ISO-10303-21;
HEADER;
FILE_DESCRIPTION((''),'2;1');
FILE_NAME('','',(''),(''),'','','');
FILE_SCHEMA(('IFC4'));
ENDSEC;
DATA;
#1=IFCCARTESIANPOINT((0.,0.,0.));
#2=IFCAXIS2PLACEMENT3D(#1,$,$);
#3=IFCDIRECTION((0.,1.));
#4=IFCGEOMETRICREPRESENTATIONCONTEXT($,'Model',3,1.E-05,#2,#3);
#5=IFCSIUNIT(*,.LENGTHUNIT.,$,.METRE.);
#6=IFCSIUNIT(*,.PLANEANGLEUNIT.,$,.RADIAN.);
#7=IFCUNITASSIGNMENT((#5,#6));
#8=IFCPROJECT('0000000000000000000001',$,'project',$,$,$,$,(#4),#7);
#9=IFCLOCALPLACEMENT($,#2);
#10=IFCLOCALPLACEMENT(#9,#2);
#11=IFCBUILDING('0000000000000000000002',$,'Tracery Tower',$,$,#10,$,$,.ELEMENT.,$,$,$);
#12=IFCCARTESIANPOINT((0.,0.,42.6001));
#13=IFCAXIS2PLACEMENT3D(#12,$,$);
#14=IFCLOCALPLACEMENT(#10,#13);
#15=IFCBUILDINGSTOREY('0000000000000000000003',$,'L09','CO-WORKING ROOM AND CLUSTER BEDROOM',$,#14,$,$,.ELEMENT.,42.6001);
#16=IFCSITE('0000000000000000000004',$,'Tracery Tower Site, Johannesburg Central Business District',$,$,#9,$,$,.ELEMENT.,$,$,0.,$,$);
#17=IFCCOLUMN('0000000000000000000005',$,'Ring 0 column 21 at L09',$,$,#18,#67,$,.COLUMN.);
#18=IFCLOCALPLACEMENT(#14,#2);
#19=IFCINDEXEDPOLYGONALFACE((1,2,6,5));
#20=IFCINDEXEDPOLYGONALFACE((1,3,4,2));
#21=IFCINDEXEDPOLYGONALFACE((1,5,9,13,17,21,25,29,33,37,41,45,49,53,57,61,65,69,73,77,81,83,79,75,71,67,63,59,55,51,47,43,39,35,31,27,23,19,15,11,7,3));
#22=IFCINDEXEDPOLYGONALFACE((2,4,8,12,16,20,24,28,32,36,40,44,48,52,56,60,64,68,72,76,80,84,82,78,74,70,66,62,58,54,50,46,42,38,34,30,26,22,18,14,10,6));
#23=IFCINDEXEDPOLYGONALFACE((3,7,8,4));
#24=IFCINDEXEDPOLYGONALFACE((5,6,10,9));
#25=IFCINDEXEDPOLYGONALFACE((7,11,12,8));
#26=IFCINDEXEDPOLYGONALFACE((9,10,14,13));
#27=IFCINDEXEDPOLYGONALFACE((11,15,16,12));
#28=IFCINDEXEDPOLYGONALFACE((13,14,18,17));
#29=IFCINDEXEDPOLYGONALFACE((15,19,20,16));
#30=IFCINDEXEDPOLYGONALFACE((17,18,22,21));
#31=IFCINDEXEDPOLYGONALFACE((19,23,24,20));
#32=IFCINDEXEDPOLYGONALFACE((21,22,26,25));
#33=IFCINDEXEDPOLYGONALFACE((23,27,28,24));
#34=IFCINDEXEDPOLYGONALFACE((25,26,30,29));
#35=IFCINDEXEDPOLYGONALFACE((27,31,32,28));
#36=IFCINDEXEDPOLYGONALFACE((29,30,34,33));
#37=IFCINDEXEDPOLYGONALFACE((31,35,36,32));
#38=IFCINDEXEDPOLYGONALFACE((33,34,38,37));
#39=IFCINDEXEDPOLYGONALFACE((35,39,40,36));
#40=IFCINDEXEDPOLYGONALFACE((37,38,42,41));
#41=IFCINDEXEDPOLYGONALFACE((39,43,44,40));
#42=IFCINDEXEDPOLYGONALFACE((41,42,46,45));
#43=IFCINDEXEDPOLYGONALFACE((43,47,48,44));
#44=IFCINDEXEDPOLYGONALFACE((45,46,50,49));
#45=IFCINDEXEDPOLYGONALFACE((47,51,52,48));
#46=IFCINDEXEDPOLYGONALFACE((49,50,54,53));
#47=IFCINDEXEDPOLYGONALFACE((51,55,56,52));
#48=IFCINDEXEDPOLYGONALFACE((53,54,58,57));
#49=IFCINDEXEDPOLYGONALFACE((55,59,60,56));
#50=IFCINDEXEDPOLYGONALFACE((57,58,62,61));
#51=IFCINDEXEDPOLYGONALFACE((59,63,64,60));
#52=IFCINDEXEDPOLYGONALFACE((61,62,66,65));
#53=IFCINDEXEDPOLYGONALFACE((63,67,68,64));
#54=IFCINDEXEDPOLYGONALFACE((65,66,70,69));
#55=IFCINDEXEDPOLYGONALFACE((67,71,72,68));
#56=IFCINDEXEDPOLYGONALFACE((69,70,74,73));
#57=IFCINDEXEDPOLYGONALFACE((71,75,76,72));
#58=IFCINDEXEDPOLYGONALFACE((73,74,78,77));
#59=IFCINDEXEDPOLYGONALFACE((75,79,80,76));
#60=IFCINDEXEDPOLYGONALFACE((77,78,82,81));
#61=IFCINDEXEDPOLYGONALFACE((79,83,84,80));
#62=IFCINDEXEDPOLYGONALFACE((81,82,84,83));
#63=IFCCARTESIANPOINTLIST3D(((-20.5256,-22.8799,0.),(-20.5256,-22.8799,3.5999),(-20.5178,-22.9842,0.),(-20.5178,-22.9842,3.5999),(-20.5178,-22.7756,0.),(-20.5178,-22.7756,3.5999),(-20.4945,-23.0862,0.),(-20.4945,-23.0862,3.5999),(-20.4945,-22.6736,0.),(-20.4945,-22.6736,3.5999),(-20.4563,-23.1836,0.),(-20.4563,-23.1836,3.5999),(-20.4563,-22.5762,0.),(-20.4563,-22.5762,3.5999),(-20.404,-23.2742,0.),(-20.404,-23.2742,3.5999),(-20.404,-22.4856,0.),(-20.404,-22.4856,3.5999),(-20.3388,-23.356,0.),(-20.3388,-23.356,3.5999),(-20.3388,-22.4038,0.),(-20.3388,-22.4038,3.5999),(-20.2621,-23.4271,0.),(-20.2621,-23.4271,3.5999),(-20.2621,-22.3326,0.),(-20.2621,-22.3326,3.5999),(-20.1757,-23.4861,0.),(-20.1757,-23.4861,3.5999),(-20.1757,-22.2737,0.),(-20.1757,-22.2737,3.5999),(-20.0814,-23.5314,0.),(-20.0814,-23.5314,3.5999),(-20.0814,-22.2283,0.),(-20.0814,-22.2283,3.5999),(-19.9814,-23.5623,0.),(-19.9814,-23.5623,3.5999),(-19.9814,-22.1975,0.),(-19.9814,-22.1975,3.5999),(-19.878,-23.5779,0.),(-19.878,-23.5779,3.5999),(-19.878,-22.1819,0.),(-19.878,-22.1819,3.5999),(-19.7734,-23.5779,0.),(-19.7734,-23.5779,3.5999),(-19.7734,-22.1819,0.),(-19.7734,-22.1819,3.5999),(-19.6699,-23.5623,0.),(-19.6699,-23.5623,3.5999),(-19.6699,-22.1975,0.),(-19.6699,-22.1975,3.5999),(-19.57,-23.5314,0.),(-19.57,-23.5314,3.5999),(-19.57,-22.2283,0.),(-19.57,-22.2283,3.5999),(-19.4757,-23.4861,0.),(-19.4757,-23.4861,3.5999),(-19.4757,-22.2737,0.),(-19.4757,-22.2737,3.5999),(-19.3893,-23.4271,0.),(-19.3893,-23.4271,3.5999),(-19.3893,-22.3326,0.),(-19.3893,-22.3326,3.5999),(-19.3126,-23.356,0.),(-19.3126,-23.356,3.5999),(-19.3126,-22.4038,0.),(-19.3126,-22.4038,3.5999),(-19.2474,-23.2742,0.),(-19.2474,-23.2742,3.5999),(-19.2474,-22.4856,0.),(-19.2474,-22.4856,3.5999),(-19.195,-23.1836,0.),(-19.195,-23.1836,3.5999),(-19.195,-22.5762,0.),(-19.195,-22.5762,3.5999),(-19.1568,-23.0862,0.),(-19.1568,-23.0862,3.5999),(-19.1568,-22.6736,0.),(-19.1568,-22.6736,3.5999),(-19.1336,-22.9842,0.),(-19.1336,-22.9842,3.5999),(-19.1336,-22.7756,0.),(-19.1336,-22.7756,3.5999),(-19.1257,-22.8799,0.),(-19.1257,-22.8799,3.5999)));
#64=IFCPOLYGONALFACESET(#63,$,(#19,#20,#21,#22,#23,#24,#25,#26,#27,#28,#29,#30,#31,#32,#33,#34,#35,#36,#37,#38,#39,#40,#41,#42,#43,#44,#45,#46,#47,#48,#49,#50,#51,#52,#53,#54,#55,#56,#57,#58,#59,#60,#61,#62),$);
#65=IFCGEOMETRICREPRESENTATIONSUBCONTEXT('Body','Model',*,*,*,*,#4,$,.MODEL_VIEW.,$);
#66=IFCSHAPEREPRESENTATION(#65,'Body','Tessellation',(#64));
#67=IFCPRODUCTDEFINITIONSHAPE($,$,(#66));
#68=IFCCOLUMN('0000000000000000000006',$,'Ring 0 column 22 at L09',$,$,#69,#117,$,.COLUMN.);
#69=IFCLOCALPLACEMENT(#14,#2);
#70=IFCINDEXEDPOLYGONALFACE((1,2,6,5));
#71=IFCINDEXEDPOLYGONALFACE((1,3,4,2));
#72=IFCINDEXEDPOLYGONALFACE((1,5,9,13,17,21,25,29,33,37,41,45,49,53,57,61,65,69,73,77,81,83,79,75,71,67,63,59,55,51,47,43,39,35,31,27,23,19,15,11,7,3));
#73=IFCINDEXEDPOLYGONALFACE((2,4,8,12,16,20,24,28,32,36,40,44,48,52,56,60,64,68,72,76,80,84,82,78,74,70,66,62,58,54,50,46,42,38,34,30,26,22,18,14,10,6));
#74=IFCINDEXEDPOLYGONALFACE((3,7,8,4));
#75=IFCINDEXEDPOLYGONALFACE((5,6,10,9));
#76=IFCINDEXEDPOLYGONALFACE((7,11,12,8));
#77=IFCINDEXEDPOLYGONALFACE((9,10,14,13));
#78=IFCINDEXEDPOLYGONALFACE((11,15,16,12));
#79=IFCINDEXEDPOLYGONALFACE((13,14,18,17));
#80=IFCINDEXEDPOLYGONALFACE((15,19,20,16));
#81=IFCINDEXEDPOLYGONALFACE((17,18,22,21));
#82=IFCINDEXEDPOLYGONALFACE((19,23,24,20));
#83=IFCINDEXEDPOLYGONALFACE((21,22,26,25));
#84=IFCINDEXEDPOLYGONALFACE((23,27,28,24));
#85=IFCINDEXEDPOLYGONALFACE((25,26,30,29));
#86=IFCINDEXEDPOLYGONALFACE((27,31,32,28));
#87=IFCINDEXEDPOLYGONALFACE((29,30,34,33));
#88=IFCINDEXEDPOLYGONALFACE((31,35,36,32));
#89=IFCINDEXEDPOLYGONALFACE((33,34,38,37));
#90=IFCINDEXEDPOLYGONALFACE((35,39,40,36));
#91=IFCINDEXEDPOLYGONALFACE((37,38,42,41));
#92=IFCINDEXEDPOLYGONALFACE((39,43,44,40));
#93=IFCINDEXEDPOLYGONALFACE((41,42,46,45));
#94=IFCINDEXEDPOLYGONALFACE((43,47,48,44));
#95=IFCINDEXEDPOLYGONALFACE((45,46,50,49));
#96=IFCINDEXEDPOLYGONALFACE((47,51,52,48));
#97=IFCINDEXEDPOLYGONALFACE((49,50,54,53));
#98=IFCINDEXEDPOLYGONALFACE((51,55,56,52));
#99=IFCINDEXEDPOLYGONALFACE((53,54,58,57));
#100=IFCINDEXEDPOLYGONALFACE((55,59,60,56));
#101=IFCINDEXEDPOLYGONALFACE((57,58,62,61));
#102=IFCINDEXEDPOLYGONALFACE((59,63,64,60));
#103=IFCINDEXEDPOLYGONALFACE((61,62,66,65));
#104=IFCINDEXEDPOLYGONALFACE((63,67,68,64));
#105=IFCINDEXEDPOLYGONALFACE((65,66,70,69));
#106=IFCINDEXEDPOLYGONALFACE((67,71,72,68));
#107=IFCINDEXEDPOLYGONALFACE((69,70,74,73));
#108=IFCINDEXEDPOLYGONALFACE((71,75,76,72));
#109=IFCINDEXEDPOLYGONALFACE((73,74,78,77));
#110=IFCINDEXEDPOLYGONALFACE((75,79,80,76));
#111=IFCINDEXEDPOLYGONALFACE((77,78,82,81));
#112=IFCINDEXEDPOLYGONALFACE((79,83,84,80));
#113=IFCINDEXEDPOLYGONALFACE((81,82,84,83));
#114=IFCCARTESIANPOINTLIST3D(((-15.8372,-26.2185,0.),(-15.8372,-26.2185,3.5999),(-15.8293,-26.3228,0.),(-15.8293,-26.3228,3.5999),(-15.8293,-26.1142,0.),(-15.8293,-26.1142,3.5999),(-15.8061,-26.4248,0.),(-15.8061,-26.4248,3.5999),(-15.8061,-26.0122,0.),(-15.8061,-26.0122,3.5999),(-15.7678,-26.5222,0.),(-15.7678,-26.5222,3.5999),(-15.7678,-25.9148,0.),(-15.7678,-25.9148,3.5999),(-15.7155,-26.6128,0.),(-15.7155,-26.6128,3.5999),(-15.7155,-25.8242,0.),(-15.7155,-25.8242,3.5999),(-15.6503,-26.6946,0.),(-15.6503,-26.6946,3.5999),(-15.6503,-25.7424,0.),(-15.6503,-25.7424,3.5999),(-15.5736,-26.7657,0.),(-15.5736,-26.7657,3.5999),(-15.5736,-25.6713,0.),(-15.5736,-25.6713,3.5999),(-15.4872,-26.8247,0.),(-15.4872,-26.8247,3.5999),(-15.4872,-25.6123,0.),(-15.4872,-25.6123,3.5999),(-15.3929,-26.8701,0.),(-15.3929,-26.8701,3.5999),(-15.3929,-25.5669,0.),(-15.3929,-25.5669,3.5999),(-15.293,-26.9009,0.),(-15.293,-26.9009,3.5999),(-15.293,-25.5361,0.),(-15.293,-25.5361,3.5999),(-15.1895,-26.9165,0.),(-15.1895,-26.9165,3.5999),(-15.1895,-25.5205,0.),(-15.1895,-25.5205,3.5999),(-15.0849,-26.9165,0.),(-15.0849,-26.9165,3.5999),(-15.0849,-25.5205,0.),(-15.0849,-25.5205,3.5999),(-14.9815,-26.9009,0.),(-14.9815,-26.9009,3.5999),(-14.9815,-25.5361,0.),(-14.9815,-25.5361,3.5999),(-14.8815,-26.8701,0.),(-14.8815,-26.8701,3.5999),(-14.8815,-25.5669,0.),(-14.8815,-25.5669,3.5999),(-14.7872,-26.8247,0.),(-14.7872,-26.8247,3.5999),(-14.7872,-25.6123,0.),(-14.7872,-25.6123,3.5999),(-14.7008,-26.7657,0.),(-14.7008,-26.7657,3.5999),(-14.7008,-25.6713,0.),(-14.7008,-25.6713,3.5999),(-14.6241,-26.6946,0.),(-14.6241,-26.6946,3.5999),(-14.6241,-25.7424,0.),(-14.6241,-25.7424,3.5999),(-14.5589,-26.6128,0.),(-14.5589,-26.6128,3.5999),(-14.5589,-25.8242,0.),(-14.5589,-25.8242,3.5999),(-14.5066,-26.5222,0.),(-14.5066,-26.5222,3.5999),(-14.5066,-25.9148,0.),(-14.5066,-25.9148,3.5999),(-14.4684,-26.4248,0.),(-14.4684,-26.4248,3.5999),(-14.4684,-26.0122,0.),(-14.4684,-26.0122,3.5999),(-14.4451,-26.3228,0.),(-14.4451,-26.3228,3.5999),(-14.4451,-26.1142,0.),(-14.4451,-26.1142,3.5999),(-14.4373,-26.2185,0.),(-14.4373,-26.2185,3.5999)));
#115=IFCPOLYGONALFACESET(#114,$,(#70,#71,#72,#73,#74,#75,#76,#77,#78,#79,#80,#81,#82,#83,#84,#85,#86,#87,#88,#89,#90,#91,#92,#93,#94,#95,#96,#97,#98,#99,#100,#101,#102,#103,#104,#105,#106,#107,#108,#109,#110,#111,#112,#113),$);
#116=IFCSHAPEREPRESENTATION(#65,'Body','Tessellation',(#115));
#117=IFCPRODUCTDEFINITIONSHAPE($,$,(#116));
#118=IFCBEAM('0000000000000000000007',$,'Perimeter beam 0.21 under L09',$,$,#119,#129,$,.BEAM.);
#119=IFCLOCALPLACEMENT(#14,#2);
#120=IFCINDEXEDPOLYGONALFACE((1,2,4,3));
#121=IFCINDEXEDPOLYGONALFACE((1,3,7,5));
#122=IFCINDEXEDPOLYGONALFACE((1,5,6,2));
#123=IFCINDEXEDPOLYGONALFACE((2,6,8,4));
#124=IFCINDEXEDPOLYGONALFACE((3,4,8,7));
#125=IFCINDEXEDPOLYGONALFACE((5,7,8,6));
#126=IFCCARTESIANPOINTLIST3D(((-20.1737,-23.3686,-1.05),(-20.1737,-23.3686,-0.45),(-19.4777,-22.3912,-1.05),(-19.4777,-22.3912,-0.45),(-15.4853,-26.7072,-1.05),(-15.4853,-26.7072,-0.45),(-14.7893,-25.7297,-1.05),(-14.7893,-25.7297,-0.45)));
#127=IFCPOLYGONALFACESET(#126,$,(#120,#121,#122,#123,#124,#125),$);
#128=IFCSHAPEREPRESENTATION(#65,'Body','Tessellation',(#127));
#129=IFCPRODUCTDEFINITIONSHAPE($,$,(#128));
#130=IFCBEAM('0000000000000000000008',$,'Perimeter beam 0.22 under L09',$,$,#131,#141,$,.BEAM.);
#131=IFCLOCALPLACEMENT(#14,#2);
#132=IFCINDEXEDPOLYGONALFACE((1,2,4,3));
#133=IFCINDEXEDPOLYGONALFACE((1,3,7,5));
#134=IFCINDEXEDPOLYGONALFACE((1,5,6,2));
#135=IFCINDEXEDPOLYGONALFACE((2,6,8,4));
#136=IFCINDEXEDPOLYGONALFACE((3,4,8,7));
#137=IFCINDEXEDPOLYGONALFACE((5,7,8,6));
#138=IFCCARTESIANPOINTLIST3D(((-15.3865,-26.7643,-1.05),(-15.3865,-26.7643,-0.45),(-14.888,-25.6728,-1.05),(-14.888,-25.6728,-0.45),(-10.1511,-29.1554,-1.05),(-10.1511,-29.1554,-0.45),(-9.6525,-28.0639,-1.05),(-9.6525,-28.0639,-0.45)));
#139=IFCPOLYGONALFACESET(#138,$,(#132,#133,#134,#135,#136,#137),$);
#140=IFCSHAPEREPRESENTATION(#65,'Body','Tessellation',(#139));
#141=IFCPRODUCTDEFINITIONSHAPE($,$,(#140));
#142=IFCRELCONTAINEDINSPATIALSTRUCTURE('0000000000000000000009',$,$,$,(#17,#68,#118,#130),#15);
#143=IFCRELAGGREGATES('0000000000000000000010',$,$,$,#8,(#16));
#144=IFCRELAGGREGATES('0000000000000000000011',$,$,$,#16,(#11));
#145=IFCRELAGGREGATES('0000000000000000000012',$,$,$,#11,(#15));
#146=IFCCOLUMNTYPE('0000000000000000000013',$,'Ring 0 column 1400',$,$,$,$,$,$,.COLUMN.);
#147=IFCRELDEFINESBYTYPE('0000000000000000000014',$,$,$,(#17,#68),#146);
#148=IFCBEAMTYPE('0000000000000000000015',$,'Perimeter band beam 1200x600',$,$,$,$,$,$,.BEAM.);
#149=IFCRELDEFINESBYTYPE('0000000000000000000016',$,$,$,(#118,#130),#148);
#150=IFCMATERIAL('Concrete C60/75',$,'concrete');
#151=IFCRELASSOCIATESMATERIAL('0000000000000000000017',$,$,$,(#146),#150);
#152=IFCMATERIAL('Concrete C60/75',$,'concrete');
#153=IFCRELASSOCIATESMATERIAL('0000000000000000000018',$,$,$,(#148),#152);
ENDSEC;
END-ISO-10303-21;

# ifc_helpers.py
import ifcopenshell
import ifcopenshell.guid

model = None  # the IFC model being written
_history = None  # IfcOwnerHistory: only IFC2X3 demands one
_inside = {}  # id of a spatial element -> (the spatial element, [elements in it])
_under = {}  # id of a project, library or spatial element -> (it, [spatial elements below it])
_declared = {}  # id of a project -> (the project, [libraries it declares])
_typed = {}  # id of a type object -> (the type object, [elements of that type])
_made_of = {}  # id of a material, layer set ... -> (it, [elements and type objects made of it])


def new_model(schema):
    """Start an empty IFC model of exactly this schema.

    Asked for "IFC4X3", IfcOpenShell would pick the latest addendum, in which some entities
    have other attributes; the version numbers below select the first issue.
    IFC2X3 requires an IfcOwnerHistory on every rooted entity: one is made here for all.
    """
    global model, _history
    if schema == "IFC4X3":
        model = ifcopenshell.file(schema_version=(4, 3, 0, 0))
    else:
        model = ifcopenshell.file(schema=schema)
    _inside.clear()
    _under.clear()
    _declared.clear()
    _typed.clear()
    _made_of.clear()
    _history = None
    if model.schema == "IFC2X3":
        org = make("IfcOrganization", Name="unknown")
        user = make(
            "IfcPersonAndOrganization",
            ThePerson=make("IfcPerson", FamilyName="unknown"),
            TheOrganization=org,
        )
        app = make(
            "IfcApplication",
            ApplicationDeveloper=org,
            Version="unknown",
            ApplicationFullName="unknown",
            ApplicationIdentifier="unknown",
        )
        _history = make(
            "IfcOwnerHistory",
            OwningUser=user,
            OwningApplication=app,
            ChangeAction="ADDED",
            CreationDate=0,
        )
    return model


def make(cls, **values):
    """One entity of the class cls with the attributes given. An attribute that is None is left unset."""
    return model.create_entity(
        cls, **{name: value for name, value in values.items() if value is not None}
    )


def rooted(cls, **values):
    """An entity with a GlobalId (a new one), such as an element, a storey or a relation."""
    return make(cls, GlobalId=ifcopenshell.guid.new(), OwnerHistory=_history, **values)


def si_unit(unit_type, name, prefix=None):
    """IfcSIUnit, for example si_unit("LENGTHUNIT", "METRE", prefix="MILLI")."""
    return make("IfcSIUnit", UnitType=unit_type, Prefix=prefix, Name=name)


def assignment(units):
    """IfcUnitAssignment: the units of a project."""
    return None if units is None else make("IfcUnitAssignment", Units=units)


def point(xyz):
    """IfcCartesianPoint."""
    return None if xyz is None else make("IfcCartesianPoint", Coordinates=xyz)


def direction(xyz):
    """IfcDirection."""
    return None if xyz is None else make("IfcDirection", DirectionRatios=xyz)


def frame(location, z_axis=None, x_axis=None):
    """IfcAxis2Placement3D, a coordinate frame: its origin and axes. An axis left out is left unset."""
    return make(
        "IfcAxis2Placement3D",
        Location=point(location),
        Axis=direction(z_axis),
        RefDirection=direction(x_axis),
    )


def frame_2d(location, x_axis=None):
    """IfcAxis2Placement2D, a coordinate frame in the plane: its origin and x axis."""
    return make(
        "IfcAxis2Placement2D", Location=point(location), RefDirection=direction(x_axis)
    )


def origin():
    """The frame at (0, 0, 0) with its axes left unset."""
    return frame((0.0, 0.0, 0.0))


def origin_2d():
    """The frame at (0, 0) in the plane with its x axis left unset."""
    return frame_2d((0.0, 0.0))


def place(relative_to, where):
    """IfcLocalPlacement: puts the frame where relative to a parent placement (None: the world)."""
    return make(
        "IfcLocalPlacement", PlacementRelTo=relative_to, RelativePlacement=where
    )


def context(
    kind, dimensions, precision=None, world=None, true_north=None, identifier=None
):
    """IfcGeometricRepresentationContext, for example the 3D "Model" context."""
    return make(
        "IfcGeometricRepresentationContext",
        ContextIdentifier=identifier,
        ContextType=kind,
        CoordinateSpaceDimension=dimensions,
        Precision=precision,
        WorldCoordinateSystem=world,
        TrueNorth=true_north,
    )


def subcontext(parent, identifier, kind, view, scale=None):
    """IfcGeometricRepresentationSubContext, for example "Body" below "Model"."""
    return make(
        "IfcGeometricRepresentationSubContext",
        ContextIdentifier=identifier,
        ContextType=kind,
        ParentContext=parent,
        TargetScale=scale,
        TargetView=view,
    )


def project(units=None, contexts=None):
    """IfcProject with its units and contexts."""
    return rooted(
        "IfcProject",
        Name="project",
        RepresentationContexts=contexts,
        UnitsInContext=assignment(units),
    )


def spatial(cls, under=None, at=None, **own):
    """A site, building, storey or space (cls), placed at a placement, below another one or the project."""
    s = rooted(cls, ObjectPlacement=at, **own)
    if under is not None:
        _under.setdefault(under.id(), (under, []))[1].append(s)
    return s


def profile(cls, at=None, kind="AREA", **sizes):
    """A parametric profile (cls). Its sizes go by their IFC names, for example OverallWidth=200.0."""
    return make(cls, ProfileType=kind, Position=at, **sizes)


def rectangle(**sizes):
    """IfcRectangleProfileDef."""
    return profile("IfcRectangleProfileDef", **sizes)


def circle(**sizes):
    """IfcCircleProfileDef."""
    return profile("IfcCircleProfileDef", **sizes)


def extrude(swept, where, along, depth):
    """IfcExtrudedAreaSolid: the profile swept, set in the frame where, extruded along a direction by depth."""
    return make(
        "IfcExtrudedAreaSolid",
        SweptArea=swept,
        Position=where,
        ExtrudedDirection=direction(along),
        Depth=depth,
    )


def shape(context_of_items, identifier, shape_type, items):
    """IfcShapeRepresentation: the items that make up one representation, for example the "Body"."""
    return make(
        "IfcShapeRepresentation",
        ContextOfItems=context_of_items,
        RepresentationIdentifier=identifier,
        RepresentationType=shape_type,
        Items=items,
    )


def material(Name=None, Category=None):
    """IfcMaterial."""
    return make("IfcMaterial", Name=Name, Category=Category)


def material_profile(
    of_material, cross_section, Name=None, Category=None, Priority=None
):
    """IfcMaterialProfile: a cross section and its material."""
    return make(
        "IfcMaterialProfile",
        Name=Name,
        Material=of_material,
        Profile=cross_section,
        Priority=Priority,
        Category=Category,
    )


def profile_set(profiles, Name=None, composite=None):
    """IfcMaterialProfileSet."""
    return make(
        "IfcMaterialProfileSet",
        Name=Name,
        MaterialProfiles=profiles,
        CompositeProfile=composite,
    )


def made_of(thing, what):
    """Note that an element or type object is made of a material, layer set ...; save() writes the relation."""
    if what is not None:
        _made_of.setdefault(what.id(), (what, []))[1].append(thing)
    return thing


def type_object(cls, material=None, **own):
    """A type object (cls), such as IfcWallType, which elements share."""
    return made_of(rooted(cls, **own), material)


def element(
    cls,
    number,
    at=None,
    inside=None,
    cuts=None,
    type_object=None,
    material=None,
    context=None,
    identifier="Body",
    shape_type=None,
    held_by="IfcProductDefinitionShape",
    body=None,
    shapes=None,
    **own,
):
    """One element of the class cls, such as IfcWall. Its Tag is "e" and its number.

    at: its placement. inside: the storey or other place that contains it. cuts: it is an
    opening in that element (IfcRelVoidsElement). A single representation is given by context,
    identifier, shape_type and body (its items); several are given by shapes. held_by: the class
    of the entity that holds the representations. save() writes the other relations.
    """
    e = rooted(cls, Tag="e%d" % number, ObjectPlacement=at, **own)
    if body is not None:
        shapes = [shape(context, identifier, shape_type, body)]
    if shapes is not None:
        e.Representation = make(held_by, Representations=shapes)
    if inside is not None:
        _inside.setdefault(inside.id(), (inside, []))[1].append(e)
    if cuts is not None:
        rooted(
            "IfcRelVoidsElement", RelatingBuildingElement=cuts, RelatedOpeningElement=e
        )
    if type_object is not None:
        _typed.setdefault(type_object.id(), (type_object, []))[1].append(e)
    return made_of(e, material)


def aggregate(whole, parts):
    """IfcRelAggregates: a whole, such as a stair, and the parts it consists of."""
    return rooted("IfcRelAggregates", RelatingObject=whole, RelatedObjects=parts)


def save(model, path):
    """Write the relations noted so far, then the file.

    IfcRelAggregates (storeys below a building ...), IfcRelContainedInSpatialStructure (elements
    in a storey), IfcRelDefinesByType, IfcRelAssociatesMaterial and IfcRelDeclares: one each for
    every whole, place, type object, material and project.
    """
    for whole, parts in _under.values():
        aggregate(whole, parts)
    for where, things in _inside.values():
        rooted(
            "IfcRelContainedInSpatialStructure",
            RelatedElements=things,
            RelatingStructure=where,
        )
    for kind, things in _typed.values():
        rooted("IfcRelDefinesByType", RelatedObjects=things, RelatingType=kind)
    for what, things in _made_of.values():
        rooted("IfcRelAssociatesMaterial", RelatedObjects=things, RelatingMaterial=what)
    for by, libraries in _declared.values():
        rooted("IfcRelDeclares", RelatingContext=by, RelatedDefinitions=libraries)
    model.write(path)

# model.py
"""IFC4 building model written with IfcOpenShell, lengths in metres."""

from ifc_helpers import new_model, si_unit, direction, frame, origin, origin_2d, place, context, subcontext, project, spatial, rectangle, circle, extrude, material, material_profile, profile_set, type_object, element, save


model = new_model("IFC4")

# Units and contexts
model_context = context("Model", 3, precision=1e-05, world=origin(), true_north=direction((0.0, 1.0)))
body_context = subcontext(model_context, "Body", "Model", "MODEL_VIEW")
ifc_project = project(units=[si_unit("LENGTHUNIT", "METRE"), si_unit("PLANEANGLEUNIT", "RADIAN")], contexts=[model_context])

# Site, building, storey
site_placement = place(None, origin())
site = spatial("IfcSite", under=ifc_project, at=site_placement, Name="Tracery Tower Site, Johannesburg Central Business District", CompositionType="ELEMENT", RefElevation=0.0)
building_placement = place(site_placement, origin())
building = spatial("IfcBuilding", under=site, at=building_placement, Name="Tracery Tower", CompositionType="ELEMENT")
storey_placement = place(building_placement, frame((0.0, 0.0, 42.6001)))
storey = spatial("IfcBuildingStorey", under=building, at=storey_placement, Name="L09", Description="CO-WORKING ROOM AND CLUSTER BEDROOM", CompositionType="ELEMENT", Elevation=42.6001)

# Columns
ifc_material_1 = material(Name="Concrete C60/75", Category="concrete")
ifc_material_profile_1 = material_profile(ifc_material_1, circle(Radius=0.7, at=origin_2d()), Name="RC D1400")
ifc_profile_set_1 = profile_set([ifc_material_profile_1], Name="Concrete C60/75")
column_type = type_object("IfcColumnType", Name="Ring 0 column 1400", PredefinedType="COLUMN", material=ifc_profile_set_1)
for number, where, z_axis, x_axis, name in (
    (1, (-19.8257, -22.8799, 0.0), (0.0, 0.0, 1.0), (1.0, 0.0, 0.0), "Ring 0 column 21 at L09"),
    (2, (-15.1372, -26.2185, 0.0), (0.0, 0.0, 1.0), (1.0, 0.0, 0.0), "Ring 0 column 22 at L09"),
):
    element("IfcColumn", number, at=place(storey_placement, frame(where, z_axis=z_axis, x_axis=x_axis)), inside=storey, type_object=column_type, Name=name, PredefinedType="COLUMN", context=body_context, shape_type="SweptSolid", body=[
        extrude(circle(Radius=0.7, at=origin_2d()), origin(), (0.0, 0.0, 1.0), 3.5999),
    ])

# Beams
ifc_material_2 = material(Name="Concrete C60/75", Category="concrete")
ifc_material_profile_2 = material_profile(ifc_material_2, rectangle(XDim=1.2, YDim=0.6001, at=origin_2d()), Name="RC 1200x600")
ifc_profile_set_2 = profile_set([ifc_material_profile_2], Name="Concrete C60/75")
beam_type = type_object("IfcBeamType", Name="Perimeter band beam 1200x600", PredefinedType="BEAM", material=ifc_profile_set_2)
for number, where, z_axis, x_axis, name in (
    (3, (-19.8257, -22.8799, -0.75), (0.814578, -0.580054, 0.0), (0.580054, 0.814578, 0.0), "Perimeter beam 0.21 under L09"),
    (4, (-15.1372, -26.2185, -0.75), (0.909618, -0.415445, 0.0), (0.415445, 0.909618, 0.0), "Perimeter beam 0.22 under L09"),
):
    element("IfcBeam", number, at=place(storey_placement, frame(where, z_axis=z_axis, x_axis=x_axis)), inside=storey, type_object=beam_type, Name=name, PredefinedType="BEAM", context=body_context, shape_type="SweptSolid", body=[
        extrude(rectangle(XDim=1.2, YDim=0.6001, at=origin_2d()), origin(), (0.0, 0.0, 1.0), 5.7556),
    ])

save(model, "model.ifc")
